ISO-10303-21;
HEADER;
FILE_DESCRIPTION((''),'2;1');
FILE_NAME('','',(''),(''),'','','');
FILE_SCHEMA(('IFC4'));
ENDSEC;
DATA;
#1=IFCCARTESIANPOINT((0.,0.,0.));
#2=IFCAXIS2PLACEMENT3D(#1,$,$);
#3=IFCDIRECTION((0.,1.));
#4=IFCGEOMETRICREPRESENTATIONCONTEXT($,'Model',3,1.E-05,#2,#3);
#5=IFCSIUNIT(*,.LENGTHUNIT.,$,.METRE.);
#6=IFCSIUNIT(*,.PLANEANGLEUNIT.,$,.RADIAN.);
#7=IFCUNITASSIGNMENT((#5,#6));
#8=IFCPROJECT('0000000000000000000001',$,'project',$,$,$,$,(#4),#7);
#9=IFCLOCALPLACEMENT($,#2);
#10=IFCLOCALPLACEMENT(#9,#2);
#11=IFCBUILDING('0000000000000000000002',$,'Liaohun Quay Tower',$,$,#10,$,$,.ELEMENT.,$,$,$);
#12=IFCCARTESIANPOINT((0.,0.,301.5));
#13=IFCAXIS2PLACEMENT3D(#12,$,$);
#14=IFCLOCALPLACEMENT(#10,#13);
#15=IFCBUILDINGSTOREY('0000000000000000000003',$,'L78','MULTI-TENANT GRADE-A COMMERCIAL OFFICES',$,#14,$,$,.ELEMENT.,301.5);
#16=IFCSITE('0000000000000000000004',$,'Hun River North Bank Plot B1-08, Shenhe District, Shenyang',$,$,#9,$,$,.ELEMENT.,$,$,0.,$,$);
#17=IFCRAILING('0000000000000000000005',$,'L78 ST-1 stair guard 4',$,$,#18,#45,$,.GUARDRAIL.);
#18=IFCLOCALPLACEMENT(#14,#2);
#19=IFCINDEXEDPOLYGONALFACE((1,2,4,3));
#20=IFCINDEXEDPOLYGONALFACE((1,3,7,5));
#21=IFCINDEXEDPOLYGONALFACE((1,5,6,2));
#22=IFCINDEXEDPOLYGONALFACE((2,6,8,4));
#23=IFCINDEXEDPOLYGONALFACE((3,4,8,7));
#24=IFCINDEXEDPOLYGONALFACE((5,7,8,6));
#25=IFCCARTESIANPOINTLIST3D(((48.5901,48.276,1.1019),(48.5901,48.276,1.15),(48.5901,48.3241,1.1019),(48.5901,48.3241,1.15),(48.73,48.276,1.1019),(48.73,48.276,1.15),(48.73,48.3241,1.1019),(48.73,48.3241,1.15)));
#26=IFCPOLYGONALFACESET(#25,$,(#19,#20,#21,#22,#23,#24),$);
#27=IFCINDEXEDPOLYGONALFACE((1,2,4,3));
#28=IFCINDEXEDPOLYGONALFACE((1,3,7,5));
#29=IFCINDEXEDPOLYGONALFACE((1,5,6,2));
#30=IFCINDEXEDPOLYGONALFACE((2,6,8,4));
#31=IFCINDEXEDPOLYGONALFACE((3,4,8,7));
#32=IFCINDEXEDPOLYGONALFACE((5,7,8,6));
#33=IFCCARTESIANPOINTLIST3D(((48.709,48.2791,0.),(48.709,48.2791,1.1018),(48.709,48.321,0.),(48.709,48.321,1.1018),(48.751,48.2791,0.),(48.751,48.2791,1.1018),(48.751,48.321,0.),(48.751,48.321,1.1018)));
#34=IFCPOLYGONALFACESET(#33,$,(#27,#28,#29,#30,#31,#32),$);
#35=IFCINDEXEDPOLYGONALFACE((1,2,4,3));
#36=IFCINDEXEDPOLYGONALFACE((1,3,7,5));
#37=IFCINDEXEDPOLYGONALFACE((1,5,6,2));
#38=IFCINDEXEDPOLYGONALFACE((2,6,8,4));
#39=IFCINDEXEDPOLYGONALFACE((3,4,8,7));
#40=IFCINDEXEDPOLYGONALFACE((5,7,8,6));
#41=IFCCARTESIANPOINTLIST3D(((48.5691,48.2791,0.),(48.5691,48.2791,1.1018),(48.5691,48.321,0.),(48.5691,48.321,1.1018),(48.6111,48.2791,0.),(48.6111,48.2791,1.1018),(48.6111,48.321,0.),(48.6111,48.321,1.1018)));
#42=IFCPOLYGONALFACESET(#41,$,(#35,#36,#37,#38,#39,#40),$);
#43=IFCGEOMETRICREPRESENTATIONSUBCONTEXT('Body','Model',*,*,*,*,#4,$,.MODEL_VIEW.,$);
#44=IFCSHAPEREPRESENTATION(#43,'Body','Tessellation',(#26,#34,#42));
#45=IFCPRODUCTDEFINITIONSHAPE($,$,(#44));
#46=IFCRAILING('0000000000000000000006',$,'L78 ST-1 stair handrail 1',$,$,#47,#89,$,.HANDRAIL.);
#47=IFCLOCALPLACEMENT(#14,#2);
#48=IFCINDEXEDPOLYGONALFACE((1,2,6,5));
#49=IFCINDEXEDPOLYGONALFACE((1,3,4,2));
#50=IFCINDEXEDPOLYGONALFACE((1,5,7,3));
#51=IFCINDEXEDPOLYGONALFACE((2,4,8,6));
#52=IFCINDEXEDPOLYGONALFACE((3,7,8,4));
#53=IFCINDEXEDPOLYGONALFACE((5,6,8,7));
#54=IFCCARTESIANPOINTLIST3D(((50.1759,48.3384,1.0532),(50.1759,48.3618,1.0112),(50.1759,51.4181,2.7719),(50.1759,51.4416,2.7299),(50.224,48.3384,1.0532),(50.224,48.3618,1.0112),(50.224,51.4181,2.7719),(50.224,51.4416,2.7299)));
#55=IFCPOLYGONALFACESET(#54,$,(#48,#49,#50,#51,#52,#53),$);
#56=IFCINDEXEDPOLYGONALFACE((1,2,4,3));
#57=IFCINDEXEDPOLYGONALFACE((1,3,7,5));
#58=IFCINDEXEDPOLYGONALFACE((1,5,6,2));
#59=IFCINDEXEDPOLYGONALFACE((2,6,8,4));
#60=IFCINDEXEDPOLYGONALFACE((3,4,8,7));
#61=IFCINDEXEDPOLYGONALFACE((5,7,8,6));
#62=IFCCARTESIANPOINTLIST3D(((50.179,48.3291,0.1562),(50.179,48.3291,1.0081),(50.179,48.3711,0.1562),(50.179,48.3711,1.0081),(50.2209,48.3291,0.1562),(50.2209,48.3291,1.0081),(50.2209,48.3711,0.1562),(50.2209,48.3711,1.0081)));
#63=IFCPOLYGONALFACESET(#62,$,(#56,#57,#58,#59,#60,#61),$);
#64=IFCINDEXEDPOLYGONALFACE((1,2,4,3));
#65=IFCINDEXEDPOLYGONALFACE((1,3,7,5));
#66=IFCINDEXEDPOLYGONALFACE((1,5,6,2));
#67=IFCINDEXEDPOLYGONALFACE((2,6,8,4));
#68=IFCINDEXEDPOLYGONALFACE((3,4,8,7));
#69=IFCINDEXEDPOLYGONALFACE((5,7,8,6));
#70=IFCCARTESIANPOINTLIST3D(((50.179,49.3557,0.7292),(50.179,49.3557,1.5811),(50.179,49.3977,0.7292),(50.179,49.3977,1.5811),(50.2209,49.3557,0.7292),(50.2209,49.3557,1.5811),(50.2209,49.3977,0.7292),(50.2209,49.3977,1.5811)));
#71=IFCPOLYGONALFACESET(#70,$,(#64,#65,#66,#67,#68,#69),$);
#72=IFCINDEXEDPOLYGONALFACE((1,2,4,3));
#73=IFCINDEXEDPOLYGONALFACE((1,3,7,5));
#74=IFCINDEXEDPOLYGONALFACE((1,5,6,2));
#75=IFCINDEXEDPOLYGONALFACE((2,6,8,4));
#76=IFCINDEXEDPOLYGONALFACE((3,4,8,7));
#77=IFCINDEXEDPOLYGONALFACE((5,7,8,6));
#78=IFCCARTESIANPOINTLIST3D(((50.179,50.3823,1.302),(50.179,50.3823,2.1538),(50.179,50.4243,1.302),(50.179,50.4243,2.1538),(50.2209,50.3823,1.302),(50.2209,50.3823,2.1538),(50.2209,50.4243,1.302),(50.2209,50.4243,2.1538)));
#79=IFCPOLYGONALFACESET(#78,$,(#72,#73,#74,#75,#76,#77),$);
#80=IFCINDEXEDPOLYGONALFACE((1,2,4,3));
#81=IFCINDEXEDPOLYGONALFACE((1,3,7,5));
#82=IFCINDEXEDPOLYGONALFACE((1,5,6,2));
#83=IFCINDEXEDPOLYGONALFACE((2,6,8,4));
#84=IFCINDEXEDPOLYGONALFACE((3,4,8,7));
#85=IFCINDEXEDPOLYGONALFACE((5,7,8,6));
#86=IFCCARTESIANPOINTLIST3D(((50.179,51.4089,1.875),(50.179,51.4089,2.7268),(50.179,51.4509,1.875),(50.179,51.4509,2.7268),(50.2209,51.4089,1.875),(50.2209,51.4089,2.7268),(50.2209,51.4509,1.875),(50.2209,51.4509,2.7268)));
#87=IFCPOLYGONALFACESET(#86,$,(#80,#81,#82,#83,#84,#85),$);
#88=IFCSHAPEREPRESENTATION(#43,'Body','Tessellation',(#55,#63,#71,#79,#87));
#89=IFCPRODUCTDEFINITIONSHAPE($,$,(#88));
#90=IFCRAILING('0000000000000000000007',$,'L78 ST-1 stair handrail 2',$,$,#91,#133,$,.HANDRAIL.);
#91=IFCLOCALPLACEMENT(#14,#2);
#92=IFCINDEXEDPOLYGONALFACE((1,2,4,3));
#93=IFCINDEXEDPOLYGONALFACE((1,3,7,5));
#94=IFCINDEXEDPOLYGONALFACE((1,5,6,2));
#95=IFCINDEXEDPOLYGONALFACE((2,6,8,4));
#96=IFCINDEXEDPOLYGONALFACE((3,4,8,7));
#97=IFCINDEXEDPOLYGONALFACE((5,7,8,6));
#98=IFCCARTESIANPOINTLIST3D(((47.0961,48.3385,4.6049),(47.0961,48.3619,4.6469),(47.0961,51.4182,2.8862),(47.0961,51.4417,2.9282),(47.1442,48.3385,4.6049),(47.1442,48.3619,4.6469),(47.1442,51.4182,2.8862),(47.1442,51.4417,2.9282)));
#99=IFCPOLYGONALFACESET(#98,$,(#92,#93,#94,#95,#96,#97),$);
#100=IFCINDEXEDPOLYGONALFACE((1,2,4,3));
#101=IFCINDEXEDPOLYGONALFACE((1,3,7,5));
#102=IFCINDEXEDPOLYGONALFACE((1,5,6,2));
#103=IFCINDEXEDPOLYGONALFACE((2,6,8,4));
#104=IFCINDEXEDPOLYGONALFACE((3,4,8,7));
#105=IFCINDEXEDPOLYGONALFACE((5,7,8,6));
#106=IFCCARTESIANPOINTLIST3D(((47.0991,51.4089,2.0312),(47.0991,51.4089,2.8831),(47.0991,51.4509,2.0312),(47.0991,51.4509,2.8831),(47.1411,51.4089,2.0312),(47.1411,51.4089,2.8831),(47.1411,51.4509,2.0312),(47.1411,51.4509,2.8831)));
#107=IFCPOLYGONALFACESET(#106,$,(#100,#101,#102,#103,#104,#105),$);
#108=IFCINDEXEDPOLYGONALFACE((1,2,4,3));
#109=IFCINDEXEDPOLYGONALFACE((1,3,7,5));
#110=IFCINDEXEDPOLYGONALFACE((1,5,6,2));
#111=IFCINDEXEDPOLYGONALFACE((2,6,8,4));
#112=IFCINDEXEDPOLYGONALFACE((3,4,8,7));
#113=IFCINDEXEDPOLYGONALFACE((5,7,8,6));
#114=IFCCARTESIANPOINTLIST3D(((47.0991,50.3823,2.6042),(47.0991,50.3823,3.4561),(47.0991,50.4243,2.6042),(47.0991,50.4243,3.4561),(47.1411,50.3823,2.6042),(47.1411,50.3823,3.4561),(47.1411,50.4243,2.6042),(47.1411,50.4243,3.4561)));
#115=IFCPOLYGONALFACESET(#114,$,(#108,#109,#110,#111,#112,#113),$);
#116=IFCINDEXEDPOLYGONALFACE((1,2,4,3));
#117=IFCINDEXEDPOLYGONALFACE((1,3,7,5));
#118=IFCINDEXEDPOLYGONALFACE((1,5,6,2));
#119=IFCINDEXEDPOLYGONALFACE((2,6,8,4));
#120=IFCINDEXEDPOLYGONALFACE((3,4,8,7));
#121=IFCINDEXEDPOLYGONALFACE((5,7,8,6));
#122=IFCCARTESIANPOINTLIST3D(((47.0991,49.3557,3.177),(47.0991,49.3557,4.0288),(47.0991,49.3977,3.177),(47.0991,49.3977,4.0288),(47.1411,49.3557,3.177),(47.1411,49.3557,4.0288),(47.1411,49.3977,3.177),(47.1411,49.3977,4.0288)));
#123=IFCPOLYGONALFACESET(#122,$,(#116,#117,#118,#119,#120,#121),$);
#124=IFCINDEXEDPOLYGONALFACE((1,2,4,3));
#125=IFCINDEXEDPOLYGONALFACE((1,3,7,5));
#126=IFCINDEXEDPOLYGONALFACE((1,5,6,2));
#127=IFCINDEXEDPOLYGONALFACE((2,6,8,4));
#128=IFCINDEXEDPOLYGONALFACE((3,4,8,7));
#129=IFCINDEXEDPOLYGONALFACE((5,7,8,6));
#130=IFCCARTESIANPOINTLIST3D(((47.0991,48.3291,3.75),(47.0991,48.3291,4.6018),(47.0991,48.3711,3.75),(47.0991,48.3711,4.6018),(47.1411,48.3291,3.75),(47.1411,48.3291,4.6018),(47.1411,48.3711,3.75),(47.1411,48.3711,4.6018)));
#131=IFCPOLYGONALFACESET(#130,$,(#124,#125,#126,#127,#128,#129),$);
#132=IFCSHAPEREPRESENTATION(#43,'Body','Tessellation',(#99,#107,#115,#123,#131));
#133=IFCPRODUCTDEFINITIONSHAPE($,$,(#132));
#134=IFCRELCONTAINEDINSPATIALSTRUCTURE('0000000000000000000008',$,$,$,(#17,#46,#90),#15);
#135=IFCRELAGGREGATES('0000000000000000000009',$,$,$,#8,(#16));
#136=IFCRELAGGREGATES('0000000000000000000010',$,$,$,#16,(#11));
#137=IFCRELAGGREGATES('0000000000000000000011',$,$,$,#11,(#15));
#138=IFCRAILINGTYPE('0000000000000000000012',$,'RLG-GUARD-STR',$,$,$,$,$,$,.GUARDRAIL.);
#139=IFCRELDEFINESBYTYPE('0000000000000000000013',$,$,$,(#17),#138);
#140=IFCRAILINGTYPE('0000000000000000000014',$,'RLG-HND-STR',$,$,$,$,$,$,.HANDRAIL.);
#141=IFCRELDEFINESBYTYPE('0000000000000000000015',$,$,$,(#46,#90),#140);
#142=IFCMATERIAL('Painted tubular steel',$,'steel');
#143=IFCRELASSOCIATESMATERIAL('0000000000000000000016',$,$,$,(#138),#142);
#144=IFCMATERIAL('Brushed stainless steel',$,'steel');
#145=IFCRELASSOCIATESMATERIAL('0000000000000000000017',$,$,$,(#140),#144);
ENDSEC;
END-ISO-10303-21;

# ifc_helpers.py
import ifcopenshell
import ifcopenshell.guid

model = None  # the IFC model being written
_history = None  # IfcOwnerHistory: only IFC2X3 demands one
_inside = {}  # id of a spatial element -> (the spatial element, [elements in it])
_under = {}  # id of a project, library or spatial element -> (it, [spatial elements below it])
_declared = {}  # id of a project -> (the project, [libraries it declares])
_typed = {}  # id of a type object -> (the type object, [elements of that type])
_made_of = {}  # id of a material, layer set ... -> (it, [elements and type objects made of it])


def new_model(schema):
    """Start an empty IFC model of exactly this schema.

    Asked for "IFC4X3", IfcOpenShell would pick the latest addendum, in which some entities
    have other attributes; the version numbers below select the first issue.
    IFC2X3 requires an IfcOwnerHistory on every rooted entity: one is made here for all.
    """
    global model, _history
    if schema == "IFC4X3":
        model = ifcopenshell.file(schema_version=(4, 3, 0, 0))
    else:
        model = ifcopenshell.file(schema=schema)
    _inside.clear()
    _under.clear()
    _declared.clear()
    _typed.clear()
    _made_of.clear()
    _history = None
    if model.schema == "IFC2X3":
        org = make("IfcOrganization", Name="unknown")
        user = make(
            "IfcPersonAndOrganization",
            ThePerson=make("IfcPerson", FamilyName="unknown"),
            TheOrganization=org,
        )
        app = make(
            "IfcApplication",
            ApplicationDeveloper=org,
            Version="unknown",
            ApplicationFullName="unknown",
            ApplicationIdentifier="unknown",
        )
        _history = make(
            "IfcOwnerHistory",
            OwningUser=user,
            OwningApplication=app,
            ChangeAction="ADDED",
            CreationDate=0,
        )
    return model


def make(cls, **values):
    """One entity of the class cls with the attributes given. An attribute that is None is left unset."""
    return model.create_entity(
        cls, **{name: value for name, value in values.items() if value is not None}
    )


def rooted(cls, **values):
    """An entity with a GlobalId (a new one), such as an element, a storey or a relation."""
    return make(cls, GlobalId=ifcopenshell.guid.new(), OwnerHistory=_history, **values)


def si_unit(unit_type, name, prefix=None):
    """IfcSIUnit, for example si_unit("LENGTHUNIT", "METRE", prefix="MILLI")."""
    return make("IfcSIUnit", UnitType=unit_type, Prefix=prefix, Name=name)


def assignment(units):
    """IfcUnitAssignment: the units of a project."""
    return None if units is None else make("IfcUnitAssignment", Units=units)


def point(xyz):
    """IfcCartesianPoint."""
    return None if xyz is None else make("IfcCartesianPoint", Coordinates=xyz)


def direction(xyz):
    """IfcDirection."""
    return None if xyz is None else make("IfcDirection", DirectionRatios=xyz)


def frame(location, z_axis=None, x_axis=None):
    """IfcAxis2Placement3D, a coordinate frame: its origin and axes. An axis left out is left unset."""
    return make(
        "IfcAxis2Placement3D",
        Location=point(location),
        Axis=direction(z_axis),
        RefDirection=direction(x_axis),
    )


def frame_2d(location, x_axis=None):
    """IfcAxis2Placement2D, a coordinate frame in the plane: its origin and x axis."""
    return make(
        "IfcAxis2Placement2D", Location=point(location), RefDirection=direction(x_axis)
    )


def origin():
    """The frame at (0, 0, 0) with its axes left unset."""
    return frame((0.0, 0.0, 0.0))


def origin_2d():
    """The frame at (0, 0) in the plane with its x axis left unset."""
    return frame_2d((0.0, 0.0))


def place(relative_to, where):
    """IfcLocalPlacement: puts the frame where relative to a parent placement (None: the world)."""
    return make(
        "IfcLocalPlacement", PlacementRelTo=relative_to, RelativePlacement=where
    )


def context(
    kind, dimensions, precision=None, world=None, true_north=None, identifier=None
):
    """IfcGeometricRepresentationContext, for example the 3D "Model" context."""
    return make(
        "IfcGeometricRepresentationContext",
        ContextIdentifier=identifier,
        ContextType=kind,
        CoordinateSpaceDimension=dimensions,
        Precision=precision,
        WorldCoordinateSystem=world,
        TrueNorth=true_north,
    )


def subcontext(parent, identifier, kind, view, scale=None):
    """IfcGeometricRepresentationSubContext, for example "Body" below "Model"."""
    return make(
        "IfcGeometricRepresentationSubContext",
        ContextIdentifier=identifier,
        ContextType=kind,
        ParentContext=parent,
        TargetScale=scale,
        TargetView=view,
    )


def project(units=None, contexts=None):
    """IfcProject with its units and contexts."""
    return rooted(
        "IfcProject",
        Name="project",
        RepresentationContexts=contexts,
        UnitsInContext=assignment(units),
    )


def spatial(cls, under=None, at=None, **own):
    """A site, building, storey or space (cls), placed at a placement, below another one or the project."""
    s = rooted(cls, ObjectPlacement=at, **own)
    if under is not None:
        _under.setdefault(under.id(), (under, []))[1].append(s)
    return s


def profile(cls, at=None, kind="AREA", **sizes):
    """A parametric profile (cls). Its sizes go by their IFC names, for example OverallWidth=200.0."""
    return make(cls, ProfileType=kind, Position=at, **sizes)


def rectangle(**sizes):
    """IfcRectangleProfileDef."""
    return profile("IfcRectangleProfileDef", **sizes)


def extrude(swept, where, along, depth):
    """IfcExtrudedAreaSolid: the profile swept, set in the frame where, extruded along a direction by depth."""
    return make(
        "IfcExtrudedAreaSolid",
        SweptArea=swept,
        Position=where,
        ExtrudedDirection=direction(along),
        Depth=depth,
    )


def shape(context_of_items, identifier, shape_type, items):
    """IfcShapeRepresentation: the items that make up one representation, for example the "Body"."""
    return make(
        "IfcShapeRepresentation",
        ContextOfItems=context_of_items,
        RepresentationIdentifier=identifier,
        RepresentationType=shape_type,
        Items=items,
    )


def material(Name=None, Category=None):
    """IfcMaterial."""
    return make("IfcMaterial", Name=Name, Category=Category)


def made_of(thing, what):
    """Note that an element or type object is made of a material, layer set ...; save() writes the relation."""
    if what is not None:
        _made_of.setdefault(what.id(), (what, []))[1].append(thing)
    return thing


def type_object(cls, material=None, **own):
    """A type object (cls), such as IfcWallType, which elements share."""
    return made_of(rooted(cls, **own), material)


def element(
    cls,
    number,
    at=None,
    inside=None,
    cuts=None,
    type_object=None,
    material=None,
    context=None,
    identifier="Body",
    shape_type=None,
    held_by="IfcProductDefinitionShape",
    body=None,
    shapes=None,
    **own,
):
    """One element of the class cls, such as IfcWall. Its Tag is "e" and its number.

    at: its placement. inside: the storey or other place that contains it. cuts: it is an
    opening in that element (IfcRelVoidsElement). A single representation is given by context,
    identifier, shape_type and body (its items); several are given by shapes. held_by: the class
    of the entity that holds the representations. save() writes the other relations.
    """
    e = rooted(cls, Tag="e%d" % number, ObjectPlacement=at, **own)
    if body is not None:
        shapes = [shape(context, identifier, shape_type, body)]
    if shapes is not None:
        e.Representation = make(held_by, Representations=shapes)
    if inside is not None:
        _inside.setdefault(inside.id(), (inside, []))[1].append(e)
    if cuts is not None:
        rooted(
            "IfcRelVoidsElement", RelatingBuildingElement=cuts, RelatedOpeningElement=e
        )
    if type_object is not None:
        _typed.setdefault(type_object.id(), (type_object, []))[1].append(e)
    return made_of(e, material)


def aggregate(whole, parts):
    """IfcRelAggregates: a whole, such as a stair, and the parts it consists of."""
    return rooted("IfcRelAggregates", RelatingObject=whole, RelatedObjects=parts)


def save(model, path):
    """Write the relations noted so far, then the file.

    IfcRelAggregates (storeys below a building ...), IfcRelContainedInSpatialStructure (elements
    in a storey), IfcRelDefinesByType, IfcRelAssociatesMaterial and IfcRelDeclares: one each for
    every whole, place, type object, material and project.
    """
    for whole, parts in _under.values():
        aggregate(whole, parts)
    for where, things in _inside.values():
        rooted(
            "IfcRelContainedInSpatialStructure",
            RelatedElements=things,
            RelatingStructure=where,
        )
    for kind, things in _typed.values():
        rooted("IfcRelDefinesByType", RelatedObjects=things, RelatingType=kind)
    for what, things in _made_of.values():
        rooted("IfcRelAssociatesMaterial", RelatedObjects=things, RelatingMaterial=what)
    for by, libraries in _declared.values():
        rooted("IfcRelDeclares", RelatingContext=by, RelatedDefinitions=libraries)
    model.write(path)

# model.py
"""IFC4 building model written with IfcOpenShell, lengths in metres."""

from ifc_helpers import new_model, si_unit, direction, frame, origin, origin_2d, place, context, subcontext, project, spatial, rectangle, extrude, material, type_object, element, save


model = new_model("IFC4")

# Units and contexts
model_context = context("Model", 3, precision=1e-05, world=origin(), true_north=direction((0.0, 1.0)))
body_context = subcontext(model_context, "Body", "Model", "MODEL_VIEW")
ifc_project = project(units=[si_unit("LENGTHUNIT", "METRE"), si_unit("PLANEANGLEUNIT", "RADIAN")], contexts=[model_context])

# Site, building, storey
site_placement = place(None, origin())
site = spatial("IfcSite", under=ifc_project, at=site_placement, Name="Hun River North Bank Plot B1-08, Shenhe District, Shenyang", CompositionType="ELEMENT", RefElevation=0.0)
building_placement = place(site_placement, origin())
building = spatial("IfcBuilding", under=site, at=building_placement, Name="Liaohun Quay Tower", CompositionType="ELEMENT")
storey_placement = place(building_placement, frame((0.0, 0.0, 301.5)))
storey = spatial("IfcBuildingStorey", under=building, at=storey_placement, Name="L78", Description="MULTI-TENANT GRADE-A COMMERCIAL OFFICES", CompositionType="ELEMENT", Elevation=301.5)

# Railings
ifc_material_1 = material(Name="Painted tubular steel", Category="steel")
railing_type_1 = type_object("IfcRailingType", Name="RLG-GUARD-STR", PredefinedType="GUARDRAIL", material=ifc_material_1)
railing_1_placement = place(storey_placement, frame((48.73, 48.3, 0.0)))
element("IfcRailing", 1, at=railing_1_placement, inside=storey, type_object=railing_type_1, Name="L78 ST-1 stair guard 4", PredefinedType="GUARDRAIL", context=body_context, shape_type="SweptSolid", body=[
    extrude(rectangle(XDim=0.0481, YDim=0.0481, at=origin_2d()), frame((0.0, 0.0, 1.126), z_axis=(-1.0, 0.0, 0.0), x_axis=(0.0, -1.0, 0.0)), (0.0, 0.0, 1.0), 0.1399),
    extrude(rectangle(XDim=0.042, YDim=0.042, at=origin_2d()), origin(), (0.0, 0.0, 1.0), 1.1018),
    extrude(rectangle(XDim=0.042, YDim=0.042, at=origin_2d()), frame((-0.1399, 0.0, 0.0)), (0.0, 0.0, 1.0), 1.1018),
])
ifc_material_2 = material(Name="Brushed stainless steel", Category="steel")
railing_type_2 = type_object("IfcRailingType", Name="RLG-HND-STR", PredefinedType="HANDRAIL", material=ifc_material_2)
railing_2_placement = place(storey_placement, frame((50.2, 48.3501, 0.1562)))
element("IfcRailing", 2, at=railing_2_placement, inside=storey, type_object=railing_type_2, Name="L78 ST-1 stair handrail 1", PredefinedType="HANDRAIL", context=body_context, shape_type="SweptSolid", body=[
    extrude(rectangle(XDim=0.0481, YDim=0.0481, at=origin_2d()), frame((0.0, 0.0, 0.876), z_axis=(0.0, 0.873225, 0.487317), x_axis=(-1.0, 0.0, 0.0)), (0.0, 0.0, 1.0), 3.5269),
    extrude(rectangle(XDim=0.042, YDim=0.042, at=origin_2d()), origin(), (0.0, 0.0, 1.0), 0.8518),
    extrude(rectangle(XDim=0.042, YDim=0.042, at=origin_2d()), frame((0.0, 1.0266, 0.573)), (0.0, 0.0, 1.0), 0.8518),
    extrude(rectangle(XDim=0.042, YDim=0.042, at=origin_2d()), frame((0.0, 2.0532, 1.1458)), (0.0, 0.0, 1.0), 0.8518),
    extrude(rectangle(XDim=0.042, YDim=0.042, at=origin_2d()), frame((0.0, 3.0798, 1.7188)), (0.0, 0.0, 1.0), 0.8518),
])
railing_3_placement = place(storey_placement, frame((47.1201, 51.4299, 2.0312)))
element("IfcRailing", 3, at=railing_3_placement, inside=storey, type_object=railing_type_2, Name="L78 ST-1 stair handrail 2", PredefinedType="HANDRAIL", context=body_context, shape_type="SweptSolid", body=[
    extrude(rectangle(XDim=0.0481, YDim=0.0481, at=origin_2d()), frame((0.0, 0.0, 0.876), z_axis=(0.0, -0.873225, 0.487317), x_axis=(1.0, 0.0, 0.0)), (0.0, 0.0, 1.0), 3.5269),
    extrude(rectangle(XDim=0.042, YDim=0.042, at=origin_2d()), origin(), (0.0, 0.0, 1.0), 0.8518),
    extrude(rectangle(XDim=0.042, YDim=0.042, at=origin_2d()), frame((0.0, -1.0266, 0.573)), (0.0, 0.0, 1.0), 0.8518),
    extrude(rectangle(XDim=0.042, YDim=0.042, at=origin_2d()), frame((0.0, -2.0532, 1.1458)), (0.0, 0.0, 1.0), 0.8518),
    extrude(rectangle(XDim=0.042, YDim=0.042, at=origin_2d()), frame((0.0, -3.0798, 1.7188)), (0.0, 0.0, 1.0), 0.8518),
])

save(model, "model.ifc")
